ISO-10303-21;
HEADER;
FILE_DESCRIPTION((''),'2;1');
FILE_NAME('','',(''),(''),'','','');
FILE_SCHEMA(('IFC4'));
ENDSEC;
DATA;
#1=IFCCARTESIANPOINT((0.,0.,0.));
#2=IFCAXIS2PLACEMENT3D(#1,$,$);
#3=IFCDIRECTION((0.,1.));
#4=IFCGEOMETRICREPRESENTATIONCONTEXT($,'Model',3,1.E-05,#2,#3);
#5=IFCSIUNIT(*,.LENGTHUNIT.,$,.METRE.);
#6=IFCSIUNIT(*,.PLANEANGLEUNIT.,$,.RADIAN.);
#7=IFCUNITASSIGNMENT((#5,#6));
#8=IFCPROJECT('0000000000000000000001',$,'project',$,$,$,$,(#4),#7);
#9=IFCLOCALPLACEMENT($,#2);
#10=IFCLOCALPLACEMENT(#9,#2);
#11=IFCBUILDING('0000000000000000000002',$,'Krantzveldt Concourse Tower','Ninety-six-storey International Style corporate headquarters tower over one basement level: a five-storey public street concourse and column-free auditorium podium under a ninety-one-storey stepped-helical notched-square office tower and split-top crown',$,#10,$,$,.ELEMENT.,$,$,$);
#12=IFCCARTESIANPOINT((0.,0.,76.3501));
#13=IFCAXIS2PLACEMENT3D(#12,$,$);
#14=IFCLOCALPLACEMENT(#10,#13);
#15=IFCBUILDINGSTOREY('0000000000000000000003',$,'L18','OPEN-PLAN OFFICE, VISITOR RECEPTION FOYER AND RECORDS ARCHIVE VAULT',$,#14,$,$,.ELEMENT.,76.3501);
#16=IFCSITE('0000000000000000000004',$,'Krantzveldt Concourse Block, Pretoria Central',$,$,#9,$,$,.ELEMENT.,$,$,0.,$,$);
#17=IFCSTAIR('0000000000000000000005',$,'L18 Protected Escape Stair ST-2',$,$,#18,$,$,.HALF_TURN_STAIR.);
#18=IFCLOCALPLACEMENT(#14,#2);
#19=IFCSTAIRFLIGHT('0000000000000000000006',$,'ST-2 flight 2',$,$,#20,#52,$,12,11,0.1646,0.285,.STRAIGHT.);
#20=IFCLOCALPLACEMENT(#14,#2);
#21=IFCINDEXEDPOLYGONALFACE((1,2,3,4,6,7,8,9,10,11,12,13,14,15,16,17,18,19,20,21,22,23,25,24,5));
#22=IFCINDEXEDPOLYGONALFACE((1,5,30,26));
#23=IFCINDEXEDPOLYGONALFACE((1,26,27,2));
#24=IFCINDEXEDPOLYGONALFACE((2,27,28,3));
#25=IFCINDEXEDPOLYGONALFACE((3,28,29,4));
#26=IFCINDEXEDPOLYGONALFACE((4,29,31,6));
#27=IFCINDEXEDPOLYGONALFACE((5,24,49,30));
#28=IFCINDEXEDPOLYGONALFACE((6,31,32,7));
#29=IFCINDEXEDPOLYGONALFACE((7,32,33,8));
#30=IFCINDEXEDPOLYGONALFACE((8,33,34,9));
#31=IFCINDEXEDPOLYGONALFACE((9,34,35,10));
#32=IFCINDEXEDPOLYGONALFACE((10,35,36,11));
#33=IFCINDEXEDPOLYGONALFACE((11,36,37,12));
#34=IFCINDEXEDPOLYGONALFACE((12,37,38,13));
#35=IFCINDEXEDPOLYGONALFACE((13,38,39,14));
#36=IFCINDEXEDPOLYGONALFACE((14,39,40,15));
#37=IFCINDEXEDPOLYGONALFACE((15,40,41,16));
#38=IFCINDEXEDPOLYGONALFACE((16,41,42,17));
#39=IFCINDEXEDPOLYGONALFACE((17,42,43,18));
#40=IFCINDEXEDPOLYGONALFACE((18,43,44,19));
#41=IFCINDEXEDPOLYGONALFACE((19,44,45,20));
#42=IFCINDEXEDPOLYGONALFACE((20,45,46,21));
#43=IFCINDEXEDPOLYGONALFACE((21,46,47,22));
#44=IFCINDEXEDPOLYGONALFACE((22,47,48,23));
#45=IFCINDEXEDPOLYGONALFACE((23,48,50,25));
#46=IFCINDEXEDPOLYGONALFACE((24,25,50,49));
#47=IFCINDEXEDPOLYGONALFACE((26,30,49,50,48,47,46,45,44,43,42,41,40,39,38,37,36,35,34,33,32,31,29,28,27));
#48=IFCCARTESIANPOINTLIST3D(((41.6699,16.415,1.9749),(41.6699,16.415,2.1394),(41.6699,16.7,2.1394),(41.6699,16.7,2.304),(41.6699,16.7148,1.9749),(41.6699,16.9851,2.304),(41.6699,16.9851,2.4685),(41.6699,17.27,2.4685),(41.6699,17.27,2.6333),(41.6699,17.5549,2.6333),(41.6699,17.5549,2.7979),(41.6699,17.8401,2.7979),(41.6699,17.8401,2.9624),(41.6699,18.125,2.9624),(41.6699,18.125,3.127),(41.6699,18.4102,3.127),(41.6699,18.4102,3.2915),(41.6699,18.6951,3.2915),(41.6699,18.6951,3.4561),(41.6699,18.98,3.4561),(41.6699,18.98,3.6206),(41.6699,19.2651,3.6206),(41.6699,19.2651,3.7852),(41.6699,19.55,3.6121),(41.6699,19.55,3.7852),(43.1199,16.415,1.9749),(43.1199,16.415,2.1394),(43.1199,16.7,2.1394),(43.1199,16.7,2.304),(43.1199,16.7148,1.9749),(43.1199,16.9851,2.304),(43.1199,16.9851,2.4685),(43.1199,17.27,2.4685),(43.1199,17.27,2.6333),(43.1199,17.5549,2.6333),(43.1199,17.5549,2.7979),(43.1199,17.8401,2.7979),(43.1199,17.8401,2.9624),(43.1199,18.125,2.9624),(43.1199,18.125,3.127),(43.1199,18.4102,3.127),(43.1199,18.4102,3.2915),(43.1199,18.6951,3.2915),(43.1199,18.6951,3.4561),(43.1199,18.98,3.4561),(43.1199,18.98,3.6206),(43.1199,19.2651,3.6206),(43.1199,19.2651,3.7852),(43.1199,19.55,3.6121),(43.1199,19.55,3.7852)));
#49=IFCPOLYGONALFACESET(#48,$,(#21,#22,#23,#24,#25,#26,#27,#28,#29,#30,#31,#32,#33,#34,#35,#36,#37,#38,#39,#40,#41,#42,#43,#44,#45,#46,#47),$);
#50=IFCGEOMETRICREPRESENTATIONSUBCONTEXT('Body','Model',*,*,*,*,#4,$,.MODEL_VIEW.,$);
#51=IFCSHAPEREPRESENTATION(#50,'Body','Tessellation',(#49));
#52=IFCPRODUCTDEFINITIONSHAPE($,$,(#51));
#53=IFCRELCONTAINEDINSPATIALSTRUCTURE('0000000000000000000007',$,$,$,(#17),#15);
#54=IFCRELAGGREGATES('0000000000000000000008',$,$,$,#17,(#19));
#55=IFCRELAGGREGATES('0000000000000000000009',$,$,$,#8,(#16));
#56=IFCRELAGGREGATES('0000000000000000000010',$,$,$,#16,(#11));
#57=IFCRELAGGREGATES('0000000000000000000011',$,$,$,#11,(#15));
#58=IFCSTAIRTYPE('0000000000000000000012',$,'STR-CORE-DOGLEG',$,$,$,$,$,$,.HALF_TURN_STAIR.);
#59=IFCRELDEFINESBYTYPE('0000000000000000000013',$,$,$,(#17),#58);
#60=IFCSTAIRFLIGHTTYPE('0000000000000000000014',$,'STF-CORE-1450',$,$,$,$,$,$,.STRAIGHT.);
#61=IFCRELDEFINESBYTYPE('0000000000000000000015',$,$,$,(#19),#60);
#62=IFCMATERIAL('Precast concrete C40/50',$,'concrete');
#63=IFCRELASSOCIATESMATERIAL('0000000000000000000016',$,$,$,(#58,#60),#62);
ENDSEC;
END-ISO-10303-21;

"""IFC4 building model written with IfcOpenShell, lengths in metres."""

from ifc_helpers import new_model, si_unit, direction, frame, origin, place, context, subcontext, project, spatial, polyline, outline, extrude, material, type_object, element, aggregate, save


model = new_model("IFC4")

# Units and contexts
model_context = context("Model", 3, precision=1e-05, world=origin(), true_north=direction((0.0, 1.0)))
body_context = subcontext(model_context, "Body", "Model", "MODEL_VIEW")
ifc_project = project(units=[si_unit("LENGTHUNIT", "METRE"), si_unit("PLANEANGLEUNIT", "RADIAN")], contexts=[model_context])

# Site, building, storey
site_placement = place(None, origin())
site = spatial("IfcSite", under=ifc_project, at=site_placement, Name="Krantzveldt Concourse Block, Pretoria Central", CompositionType="ELEMENT", RefElevation=0.0)
building_placement = place(site_placement, origin())
building = spatial("IfcBuilding", under=site, at=building_placement, Name="Krantzveldt Concourse Tower", Description="Ninety-six-storey International Style corporate headquarters tower over one basement level: a five-storey public street concourse and column-free auditorium podium under a ninety-one-storey stepped-helical notched-square office tower and split-top crown", CompositionType="ELEMENT")
storey_placement = place(building_placement, frame((0.0, 0.0, 76.3501)))
storey = spatial("IfcBuildingStorey", under=building, at=storey_placement, Name="L18", Description="OPEN-PLAN OFFICE, VISITOR RECEPTION FOYER AND RECORDS ARCHIVE VAULT", CompositionType="ELEMENT", Elevation=76.3501)

# Stair, stair flight
ifc_material_1 = material(Name="Precast concrete C40/50", Category="concrete")
stair_type = type_object("IfcStairType", Name="STR-CORE-DOGLEG", PredefinedType="HALF_TURN_STAIR", material=ifc_material_1)
stair_placement = place(storey_placement, origin())
stair = element("IfcStair", 1, at=stair_placement, inside=storey, type_object=stair_type, Name="L18 Protected Escape Stair ST-2", PredefinedType="HALF_TURN_STAIR")
stair_flight_type = type_object("IfcStairFlightType", Name="STF-CORE-1450", PredefinedType="STRAIGHT", material=ifc_material_1)
stair_flight_1_placement = place(storey_placement, frame((42.395, 16.415, 1.9749), z_axis=(0.0, 0.0, 1.0), x_axis=(0.0, 1.0, 0.0)))
stair_flight_1 = element("IfcStairFlight", 2, at=stair_flight_1_placement, type_object=stair_flight_type, Name="ST-2 flight 2", NumberOfRisers=12, NumberOfTreads=11, PredefinedType="STRAIGHT", RiserHeight=0.1646, TreadLength=0.285, context=body_context, shape_type="SweptSolid", body=[
    extrude(outline(polyline([(0.0, 0.0), (0.0, 0.1646), (0.2849, 0.1646), (0.2849, 0.3291), (0.5701, 0.3291), (0.5701, 0.4937), (0.855, 0.4937), (0.855, 0.6584), (1.1399, 0.6584), (1.1399, 0.823), (1.425, 0.823), (1.425, 0.9875), (1.71, 0.9875), (1.71, 1.1521), (1.9951, 1.1521), (1.9951, 1.3167), (2.28, 1.3167), (2.28, 1.4812), (2.5649, 1.4812), (2.5649, 1.6458), (2.8501, 1.6458), (2.8501, 1.8103), (3.135, 1.8103), (3.135, 1.9751), (3.135, 1.6372), (0.2998, 0.0), (0.0, 0.0)])), frame((0.0, 0.7251, 0.0), z_axis=(0.0, -1.0, 0.0), x_axis=(1.0, 0.0, 0.0)), (0.0, 0.0, 1.0), 1.45),
])
aggregate(stair, [stair_flight_1])

save(model, "model.ifc")
